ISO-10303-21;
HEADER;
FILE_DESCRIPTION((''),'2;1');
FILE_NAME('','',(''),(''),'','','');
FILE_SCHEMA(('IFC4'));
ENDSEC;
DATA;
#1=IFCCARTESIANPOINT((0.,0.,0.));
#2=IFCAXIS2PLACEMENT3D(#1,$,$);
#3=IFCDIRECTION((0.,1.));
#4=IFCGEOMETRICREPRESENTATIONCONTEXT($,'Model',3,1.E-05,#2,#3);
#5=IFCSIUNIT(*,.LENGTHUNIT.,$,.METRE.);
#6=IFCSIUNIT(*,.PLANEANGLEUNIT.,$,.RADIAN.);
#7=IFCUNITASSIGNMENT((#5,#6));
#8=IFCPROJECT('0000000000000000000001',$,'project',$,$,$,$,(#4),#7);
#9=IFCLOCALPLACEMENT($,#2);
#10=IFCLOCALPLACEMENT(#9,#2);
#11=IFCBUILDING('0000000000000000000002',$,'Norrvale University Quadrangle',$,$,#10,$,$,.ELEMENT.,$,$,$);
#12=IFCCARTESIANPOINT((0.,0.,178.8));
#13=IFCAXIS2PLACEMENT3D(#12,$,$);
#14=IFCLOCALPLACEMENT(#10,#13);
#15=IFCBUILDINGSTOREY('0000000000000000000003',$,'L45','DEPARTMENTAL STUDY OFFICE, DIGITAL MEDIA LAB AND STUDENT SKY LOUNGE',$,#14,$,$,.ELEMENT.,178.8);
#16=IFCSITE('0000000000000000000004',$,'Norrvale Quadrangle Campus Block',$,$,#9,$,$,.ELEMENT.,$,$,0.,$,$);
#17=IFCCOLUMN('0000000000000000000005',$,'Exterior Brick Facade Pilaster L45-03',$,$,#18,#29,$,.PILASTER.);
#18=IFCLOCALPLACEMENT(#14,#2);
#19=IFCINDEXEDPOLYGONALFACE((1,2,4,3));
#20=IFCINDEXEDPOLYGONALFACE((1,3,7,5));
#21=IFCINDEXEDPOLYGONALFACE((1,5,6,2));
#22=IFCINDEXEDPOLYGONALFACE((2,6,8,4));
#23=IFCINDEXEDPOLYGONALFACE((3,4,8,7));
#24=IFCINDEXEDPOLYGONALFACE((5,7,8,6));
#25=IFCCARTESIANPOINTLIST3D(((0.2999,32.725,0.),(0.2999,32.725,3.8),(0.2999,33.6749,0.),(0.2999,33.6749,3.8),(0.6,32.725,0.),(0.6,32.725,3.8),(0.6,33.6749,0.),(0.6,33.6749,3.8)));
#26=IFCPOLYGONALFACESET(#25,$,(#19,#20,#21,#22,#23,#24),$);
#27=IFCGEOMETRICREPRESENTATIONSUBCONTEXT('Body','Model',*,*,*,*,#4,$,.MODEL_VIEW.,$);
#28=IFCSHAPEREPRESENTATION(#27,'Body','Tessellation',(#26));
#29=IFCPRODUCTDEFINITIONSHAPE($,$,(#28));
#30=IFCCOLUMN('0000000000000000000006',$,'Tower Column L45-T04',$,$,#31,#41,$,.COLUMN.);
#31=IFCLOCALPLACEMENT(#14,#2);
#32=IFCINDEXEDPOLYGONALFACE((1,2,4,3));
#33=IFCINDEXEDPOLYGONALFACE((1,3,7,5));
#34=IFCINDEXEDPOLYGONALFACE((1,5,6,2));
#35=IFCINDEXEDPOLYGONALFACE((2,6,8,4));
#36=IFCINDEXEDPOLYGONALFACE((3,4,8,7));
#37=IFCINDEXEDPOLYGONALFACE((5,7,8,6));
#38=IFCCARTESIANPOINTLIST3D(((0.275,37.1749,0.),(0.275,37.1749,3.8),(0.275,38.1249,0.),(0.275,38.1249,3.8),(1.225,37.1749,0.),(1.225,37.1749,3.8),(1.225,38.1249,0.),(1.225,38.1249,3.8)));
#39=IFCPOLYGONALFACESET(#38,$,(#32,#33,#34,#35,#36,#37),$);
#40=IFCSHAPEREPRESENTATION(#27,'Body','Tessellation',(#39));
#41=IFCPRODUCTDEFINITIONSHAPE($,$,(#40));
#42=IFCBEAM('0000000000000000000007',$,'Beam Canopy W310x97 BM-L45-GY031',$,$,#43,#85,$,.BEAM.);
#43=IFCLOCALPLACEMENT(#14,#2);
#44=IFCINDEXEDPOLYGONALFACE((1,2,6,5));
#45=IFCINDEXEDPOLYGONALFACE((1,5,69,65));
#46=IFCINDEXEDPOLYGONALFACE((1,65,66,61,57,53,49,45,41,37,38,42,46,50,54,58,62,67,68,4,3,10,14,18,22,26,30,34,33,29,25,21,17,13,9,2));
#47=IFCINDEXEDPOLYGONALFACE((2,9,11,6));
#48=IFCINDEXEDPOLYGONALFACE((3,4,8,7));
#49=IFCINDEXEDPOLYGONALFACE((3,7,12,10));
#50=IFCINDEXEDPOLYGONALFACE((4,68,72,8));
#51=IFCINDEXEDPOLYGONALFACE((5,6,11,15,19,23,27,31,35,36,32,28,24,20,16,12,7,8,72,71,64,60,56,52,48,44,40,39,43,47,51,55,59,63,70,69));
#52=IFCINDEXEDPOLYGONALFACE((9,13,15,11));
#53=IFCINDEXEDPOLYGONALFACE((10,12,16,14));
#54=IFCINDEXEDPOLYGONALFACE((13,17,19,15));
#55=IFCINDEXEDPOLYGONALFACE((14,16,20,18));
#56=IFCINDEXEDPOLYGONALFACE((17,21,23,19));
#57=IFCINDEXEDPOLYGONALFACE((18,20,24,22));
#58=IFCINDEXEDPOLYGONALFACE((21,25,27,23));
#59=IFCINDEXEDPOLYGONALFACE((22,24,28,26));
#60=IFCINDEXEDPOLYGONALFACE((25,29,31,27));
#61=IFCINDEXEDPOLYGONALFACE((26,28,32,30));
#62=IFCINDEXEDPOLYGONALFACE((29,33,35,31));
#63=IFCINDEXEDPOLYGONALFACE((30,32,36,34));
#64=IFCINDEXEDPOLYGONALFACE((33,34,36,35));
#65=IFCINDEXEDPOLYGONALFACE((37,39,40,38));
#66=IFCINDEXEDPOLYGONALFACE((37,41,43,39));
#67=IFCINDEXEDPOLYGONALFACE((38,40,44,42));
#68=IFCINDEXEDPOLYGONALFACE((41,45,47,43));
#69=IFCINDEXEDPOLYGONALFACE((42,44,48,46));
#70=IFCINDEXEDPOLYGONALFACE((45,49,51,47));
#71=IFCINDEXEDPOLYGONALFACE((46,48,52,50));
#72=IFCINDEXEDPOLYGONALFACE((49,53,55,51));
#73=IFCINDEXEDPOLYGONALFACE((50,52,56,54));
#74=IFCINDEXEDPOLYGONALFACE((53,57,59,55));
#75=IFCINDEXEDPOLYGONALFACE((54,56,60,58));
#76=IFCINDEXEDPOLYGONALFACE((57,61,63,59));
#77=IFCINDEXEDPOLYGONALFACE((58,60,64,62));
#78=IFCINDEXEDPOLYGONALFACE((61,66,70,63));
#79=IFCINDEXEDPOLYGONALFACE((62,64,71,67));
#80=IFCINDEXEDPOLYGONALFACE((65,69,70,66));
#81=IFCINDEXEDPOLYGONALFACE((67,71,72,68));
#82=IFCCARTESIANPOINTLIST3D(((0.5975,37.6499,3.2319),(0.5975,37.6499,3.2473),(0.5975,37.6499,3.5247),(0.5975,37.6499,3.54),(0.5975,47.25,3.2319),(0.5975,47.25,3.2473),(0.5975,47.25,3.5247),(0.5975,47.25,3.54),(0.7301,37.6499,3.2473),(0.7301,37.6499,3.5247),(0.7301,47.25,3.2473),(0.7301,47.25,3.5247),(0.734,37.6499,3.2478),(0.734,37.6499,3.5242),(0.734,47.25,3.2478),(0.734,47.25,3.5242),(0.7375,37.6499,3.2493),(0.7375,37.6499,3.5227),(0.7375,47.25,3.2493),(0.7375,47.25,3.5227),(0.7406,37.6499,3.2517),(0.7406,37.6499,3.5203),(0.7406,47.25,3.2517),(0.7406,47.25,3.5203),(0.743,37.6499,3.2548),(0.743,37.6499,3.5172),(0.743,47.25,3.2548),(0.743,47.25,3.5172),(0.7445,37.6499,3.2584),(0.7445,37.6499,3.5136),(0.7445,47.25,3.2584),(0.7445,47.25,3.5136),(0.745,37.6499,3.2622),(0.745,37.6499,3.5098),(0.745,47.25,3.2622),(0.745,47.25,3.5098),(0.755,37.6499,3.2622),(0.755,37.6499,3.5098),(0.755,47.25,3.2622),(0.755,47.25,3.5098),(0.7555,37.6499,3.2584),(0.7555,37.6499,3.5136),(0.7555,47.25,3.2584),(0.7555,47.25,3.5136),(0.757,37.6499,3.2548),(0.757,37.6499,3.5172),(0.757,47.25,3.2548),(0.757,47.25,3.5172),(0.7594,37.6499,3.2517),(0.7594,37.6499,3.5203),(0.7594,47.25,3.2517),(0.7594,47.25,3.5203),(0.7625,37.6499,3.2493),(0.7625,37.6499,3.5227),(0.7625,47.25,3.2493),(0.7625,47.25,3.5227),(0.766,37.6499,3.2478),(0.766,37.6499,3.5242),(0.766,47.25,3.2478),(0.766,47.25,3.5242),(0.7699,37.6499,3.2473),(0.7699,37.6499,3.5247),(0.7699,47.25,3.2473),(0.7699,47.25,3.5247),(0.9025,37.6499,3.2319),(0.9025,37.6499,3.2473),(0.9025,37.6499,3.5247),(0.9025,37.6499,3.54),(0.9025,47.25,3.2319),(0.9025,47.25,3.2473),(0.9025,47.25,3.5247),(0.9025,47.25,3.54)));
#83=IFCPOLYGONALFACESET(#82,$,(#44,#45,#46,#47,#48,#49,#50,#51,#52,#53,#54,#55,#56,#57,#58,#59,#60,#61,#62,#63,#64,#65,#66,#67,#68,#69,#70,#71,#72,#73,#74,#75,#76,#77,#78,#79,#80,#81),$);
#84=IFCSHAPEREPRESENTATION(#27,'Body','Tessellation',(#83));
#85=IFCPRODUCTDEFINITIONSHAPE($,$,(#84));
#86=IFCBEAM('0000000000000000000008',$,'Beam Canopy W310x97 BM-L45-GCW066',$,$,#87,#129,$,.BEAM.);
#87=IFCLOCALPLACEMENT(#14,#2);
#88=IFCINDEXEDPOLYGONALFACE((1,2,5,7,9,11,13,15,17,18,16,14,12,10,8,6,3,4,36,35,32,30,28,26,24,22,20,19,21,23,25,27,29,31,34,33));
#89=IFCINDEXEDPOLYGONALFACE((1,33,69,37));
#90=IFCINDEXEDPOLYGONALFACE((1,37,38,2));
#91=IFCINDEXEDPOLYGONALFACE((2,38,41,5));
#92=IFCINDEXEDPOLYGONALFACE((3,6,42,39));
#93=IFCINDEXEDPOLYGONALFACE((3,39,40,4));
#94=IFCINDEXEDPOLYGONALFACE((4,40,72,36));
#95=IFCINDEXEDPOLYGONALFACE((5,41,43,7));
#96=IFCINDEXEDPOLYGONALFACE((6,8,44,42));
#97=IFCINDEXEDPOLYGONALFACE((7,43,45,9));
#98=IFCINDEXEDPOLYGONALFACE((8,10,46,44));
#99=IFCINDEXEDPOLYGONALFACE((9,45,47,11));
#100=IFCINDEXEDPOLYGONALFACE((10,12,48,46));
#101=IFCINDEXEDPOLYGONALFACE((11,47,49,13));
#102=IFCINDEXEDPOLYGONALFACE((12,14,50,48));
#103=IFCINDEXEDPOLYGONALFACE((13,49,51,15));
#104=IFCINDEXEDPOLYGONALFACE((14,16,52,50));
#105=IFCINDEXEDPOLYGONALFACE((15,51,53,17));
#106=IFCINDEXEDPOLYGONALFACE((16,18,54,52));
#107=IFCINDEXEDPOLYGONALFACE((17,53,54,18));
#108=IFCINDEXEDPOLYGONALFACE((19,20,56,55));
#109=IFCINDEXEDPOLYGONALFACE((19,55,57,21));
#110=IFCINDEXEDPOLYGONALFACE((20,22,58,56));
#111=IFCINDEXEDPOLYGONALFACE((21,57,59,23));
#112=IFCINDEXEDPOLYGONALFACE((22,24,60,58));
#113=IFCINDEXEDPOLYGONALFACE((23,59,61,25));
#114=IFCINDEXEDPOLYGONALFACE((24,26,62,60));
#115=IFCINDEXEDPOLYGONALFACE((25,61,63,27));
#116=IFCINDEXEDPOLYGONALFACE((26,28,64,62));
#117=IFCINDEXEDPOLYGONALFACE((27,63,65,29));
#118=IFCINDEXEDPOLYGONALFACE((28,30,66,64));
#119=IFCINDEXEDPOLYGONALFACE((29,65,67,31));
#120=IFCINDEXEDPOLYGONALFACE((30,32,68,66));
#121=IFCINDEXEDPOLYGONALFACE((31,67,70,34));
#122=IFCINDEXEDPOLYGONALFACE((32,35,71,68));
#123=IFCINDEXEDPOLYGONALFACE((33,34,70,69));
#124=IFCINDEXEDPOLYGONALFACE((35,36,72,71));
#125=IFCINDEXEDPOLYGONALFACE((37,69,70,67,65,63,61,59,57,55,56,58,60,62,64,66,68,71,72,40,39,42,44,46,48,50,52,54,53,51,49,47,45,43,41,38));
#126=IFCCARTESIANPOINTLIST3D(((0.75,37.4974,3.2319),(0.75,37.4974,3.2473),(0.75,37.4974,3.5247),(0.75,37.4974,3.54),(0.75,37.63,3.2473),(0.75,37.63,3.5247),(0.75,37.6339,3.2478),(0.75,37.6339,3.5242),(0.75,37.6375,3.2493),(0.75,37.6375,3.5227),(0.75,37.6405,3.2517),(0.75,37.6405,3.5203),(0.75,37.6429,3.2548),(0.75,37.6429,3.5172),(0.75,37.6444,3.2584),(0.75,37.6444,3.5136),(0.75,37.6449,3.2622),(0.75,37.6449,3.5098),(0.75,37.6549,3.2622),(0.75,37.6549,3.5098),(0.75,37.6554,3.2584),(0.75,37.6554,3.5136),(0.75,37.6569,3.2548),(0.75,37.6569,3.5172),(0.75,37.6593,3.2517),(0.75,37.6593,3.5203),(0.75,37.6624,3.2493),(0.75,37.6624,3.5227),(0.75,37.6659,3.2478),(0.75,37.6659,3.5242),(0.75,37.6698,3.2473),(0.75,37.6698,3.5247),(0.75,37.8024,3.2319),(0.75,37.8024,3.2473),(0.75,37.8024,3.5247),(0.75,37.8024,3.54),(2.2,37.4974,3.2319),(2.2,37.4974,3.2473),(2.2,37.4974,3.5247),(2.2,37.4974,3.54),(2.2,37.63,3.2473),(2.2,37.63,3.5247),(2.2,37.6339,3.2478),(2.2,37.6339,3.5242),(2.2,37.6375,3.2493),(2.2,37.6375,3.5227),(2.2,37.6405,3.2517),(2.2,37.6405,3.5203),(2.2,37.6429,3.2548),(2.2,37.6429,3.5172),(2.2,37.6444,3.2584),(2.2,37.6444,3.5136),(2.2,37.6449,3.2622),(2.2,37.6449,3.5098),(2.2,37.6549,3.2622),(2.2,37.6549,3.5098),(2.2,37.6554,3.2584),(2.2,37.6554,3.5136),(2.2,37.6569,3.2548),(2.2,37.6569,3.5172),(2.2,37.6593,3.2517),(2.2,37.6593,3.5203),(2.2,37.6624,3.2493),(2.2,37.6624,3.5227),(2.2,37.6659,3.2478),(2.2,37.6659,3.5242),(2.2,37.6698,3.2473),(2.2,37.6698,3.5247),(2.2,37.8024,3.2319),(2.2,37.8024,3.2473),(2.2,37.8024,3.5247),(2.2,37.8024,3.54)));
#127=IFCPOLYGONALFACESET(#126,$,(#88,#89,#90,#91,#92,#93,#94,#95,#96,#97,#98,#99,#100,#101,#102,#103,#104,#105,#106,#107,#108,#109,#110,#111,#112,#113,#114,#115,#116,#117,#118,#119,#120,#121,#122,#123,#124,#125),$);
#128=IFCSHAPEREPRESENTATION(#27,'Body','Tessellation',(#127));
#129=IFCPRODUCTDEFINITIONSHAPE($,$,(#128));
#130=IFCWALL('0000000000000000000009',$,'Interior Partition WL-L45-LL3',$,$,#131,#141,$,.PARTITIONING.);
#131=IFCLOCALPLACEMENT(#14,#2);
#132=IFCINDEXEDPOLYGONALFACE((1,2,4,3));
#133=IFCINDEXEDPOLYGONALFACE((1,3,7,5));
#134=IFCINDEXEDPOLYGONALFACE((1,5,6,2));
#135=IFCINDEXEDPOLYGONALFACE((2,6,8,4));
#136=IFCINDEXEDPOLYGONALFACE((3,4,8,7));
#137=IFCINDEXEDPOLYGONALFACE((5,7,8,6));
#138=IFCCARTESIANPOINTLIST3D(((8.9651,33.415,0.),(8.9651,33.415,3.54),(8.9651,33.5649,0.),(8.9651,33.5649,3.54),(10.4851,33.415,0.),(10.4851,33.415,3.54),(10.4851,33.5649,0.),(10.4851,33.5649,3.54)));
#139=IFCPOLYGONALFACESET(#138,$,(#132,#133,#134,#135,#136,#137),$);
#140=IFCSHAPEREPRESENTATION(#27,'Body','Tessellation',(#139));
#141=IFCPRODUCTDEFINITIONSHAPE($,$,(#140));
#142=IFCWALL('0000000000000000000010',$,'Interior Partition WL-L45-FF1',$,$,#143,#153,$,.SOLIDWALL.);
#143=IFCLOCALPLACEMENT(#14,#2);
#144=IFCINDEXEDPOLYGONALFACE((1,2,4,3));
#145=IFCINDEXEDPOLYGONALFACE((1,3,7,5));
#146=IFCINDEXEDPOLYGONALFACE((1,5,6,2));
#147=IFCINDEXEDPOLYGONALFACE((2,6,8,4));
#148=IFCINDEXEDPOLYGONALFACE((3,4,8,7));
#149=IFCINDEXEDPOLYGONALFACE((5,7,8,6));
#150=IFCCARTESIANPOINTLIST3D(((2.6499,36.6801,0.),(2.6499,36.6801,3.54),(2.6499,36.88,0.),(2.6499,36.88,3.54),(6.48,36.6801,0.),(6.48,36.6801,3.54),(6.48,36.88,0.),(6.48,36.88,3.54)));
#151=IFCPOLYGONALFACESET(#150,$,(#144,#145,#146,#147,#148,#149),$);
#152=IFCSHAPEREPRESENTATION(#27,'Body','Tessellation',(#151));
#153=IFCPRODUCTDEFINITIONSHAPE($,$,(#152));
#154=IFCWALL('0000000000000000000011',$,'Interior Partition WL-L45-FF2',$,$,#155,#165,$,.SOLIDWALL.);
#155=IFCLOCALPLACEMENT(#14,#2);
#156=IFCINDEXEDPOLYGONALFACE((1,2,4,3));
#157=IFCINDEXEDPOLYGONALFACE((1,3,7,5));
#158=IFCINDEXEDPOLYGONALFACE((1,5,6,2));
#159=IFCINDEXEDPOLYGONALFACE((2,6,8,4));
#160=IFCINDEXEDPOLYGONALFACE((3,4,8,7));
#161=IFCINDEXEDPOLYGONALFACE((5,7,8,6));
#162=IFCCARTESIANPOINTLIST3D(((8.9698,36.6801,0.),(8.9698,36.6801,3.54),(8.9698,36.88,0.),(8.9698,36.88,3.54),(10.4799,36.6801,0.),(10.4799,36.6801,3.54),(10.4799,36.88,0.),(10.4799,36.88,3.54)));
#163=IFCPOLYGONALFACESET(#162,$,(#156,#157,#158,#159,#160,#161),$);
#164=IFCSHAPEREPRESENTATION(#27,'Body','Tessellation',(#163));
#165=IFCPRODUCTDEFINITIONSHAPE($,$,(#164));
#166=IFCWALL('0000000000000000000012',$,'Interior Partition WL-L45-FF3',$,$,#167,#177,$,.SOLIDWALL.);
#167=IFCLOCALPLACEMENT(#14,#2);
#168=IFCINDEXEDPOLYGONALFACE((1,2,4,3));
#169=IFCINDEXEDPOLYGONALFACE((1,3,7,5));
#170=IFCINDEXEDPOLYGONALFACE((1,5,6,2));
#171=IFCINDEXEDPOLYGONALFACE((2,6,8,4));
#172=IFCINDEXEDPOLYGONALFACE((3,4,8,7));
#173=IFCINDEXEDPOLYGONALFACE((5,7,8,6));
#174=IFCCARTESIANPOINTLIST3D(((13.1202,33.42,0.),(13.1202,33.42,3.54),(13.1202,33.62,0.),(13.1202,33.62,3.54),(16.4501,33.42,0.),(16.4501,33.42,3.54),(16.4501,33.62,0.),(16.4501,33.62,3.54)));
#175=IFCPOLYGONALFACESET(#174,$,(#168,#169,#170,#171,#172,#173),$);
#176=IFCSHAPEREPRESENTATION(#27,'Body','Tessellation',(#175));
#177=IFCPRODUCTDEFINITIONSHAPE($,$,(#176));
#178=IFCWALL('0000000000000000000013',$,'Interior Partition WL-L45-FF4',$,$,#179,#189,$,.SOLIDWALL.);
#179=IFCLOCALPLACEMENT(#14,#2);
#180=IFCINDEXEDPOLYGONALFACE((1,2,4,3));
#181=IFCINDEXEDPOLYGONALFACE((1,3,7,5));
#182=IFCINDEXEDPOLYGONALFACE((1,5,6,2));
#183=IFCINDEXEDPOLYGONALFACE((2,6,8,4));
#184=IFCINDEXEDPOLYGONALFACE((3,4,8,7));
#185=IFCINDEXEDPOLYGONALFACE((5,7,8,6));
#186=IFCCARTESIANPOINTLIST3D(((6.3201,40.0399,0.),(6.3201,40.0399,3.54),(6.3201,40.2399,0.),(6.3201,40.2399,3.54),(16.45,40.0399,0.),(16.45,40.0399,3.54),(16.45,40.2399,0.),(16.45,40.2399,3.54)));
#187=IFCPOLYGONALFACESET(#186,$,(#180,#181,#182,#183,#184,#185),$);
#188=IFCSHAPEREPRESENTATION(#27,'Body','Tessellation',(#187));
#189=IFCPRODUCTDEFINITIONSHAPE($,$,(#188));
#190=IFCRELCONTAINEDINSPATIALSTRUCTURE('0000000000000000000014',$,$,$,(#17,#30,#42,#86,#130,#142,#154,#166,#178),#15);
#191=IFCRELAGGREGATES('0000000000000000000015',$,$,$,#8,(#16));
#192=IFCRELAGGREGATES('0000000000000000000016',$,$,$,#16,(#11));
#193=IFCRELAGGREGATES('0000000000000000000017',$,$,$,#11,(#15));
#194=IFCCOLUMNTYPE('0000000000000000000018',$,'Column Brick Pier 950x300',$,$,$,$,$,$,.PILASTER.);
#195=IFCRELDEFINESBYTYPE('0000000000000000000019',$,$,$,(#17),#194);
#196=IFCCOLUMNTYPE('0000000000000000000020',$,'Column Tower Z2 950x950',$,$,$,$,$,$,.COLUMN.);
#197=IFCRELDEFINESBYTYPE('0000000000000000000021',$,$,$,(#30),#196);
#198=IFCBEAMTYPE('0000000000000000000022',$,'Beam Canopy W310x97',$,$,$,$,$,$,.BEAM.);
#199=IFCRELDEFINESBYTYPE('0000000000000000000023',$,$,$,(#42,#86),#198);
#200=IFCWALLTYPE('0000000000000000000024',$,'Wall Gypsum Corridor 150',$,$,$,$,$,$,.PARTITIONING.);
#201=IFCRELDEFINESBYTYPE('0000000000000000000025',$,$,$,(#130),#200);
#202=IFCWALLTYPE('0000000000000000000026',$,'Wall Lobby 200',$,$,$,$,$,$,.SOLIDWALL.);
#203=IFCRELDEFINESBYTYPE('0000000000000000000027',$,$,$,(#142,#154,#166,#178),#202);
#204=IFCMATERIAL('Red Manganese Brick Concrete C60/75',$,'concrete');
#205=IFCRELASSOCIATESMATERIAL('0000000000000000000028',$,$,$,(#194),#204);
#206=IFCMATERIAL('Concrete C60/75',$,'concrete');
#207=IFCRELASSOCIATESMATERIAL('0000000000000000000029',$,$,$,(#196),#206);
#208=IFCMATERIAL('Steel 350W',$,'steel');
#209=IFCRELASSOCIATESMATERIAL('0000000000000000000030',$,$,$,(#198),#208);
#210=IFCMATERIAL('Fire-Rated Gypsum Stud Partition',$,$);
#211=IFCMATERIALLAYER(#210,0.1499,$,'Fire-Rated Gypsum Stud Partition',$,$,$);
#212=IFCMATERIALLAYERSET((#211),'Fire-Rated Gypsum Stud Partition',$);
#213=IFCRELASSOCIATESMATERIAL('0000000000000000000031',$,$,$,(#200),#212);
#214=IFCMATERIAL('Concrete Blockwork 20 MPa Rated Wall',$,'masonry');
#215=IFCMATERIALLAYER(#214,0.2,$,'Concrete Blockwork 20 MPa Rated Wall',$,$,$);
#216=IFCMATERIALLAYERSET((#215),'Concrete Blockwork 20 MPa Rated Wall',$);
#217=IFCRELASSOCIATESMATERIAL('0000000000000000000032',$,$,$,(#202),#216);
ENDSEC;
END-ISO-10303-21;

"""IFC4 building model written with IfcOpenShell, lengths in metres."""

from ifc_helpers import new_model, si_unit, direction, frame, frame_2d, origin, origin_2d, place, context, subcontext, project, spatial, rectangle, i_section, extrude, material, layer, layer_set, material_profile, profile_set, type_object, element, save


model = new_model("IFC4")

# Units and contexts
model_context = context("Model", 3, precision=1e-05, world=origin(), true_north=direction((0.0, 1.0)))
body_context = subcontext(model_context, "Body", "Model", "MODEL_VIEW")
ifc_project = project(units=[si_unit("LENGTHUNIT", "METRE"), si_unit("PLANEANGLEUNIT", "RADIAN")], contexts=[model_context])

# Site, building, storey
site_placement = place(None, origin())
site = spatial("IfcSite", under=ifc_project, at=site_placement, Name="Norrvale Quadrangle Campus Block", CompositionType="ELEMENT", RefElevation=0.0)
building_placement = place(site_placement, origin())
building = spatial("IfcBuilding", under=site, at=building_placement, Name="Norrvale University Quadrangle", CompositionType="ELEMENT")
storey_placement = place(building_placement, frame((0.0, 0.0, 178.8)))
storey = spatial("IfcBuildingStorey", under=building, at=storey_placement, Name="L45", Description="DEPARTMENTAL STUDY OFFICE, DIGITAL MEDIA LAB AND STUDENT SKY LOUNGE", CompositionType="ELEMENT", Elevation=178.8)

# Columns
ifc_material_1 = material(Name="Red Manganese Brick Concrete C60/75", Category="concrete")
ifc_material_profile_1 = material_profile(ifc_material_1, rectangle(XDim=0.95, YDim=0.3, at=origin_2d()), Name="Red Manganese Brick Concrete C60/75")
ifc_profile_set_1 = profile_set([ifc_material_profile_1], Name="Red Manganese Brick Concrete C60/75")
column_type_1 = type_object("IfcColumnType", Name="Column Brick Pier 950x300", PredefinedType="PILASTER", material=ifc_profile_set_1)
column_1_placement = place(storey_placement, frame((0.45, 33.2, 0.0), z_axis=(0.0, 0.0, 1.0), x_axis=(0.0, 1.0, 0.0)))
element("IfcColumn", 1, at=column_1_placement, inside=storey, type_object=column_type_1, Name="Exterior Brick Facade Pilaster L45-03", PredefinedType="PILASTER", context=body_context, shape_type="SweptSolid", body=[
    extrude(rectangle(XDim=0.95, YDim=0.3, at=origin_2d()), origin(), (0.0, 0.0, 1.0), 3.8),
])
ifc_material_2 = material(Name="Concrete C60/75", Category="concrete")
ifc_material_profile_2 = material_profile(ifc_material_2, rectangle(XDim=0.95, YDim=0.95, at=origin_2d()), Name="Concrete C60/75")
ifc_profile_set_2 = profile_set([ifc_material_profile_2], Name="Concrete C60/75")
column_type_2 = type_object("IfcColumnType", Name="Column Tower Z2 950x950", PredefinedType="COLUMN", material=ifc_profile_set_2)
column_2_placement = place(storey_placement, frame((0.75, 37.6499, 0.0), z_axis=(0.0, 0.0, 1.0), x_axis=(1.0, 0.0, 0.0)))
element("IfcColumn", 2, at=column_2_placement, inside=storey, type_object=column_type_2, Name="Tower Column L45-T04", PredefinedType="COLUMN", context=body_context, shape_type="SweptSolid", body=[
    extrude(rectangle(XDim=0.95, YDim=0.95, at=origin_2d()), origin(), (0.0, 0.0, 1.0), 3.8),
])

# Beams
ifc_material_3 = material(Name="Steel 350W", Category="steel")
ifc_material_profile_3 = material_profile(ifc_material_3, i_section(OverallWidth=0.3049, OverallDepth=0.3081, WebThickness=0.01, FlangeThickness=0.0154, FilletRadius=0.0149, at=origin_2d()), Name="Steel 350W")
ifc_profile_set_3 = profile_set([ifc_material_profile_3], Name="Steel 350W")
beam_type = type_object("IfcBeamType", Name="Beam Canopy W310x97", PredefinedType="BEAM", material=ifc_profile_set_3)
beam_1_placement = place(storey_placement, frame((0.75, 37.6499, 3.386), z_axis=(0.0, 1.0, 0.0), x_axis=(-1.0, 0.0, 0.0)))
element("IfcBeam", 3, at=beam_1_placement, inside=storey, type_object=beam_type, Name="Beam Canopy W310x97 BM-L45-GY031", PredefinedType="BEAM", context=body_context, shape_type="SweptSolid", body=[
    extrude(i_section(OverallWidth=0.3049, OverallDepth=0.3081, WebThickness=0.01, FlangeThickness=0.0154, FilletRadius=0.0149, at=origin_2d()), origin(), (0.0, 0.0, 1.0), 9.6001),
])
beam_2_placement = place(storey_placement, frame((0.75, 37.6499, 3.386), z_axis=(1.0, 0.0, 0.0), x_axis=(0.0, 1.0, 0.0)))
element("IfcBeam", 4, at=beam_2_placement, inside=storey, type_object=beam_type, Name="Beam Canopy W310x97 BM-L45-GCW066", PredefinedType="BEAM", context=body_context, shape_type="SweptSolid", body=[
    extrude(i_section(OverallWidth=0.3049, OverallDepth=0.3081, WebThickness=0.01, FlangeThickness=0.0154, FilletRadius=0.0149, at=origin_2d()), origin(), (0.0, 0.0, 1.0), 1.45),
])

# Walls
ifc_material_4 = material(Name="Fire-Rated Gypsum Stud Partition")
ifc_layer_1 = layer(ifc_material_4, 0.1499, Name="Fire-Rated Gypsum Stud Partition")
ifc_layer_set_1 = layer_set([ifc_layer_1], Name="Fire-Rated Gypsum Stud Partition")
wall_type_1 = type_object("IfcWallType", Name="Wall Gypsum Corridor 150", PredefinedType="PARTITIONING", material=ifc_layer_set_1)
wall_1_placement = place(storey_placement, frame((8.9651, 33.49, 0.0), z_axis=(0.0, 0.0, 1.0), x_axis=(1.0, 0.0, 0.0)))
element("IfcWall", 5, at=wall_1_placement, inside=storey, type_object=wall_type_1, Name="Interior Partition WL-L45-LL3", PredefinedType="PARTITIONING", context=body_context, shape_type="SweptSolid", body=[
    extrude(rectangle(XDim=1.52, YDim=0.1499, at=frame_2d((0.76, 0.0))), origin(), (0.0, 0.0, 1.0), 3.54),
])
ifc_material_5 = material(Name="Concrete Blockwork 20 MPa Rated Wall", Category="masonry")
ifc_layer_2 = layer(ifc_material_5, 0.2, Name="Concrete Blockwork 20 MPa Rated Wall")
ifc_layer_set_2 = layer_set([ifc_layer_2], Name="Concrete Blockwork 20 MPa Rated Wall")
wall_type_2 = type_object("IfcWallType", Name="Wall Lobby 200", PredefinedType="SOLIDWALL", material=ifc_layer_set_2)
wall_2_placement = place(storey_placement, frame((2.6499, 36.78, 0.0), z_axis=(0.0, 0.0, 1.0), x_axis=(1.0, 0.0, 0.0)))
element("IfcWall", 6, at=wall_2_placement, inside=storey, type_object=wall_type_2, Name="Interior Partition WL-L45-FF1", PredefinedType="SOLIDWALL", context=body_context, shape_type="SweptSolid", body=[
    extrude(rectangle(XDim=3.8301, YDim=0.2, at=frame_2d((1.915, 0.0))), origin(), (0.0, 0.0, 1.0), 3.54),
])
wall_3_placement = place(storey_placement, frame((8.97, 36.78, 0.0), z_axis=(0.0, 0.0, 1.0), x_axis=(1.0, 0.0, 0.0)))
element("IfcWall", 7, at=wall_3_placement, inside=storey, type_object=wall_type_2, Name="Interior Partition WL-L45-FF2", PredefinedType="SOLIDWALL", context=body_context, shape_type="SweptSolid", body=[
    extrude(rectangle(XDim=1.51, YDim=0.2, at=frame_2d((0.7549, 0.0))), origin(), (0.0, 0.0, 1.0), 3.54),
])
wall_4_placement = place(storey_placement, frame((13.1201, 33.52, 0.0), z_axis=(0.0, 0.0, 1.0), x_axis=(1.0, 0.0, 0.0)))
element("IfcWall", 8, at=wall_4_placement, inside=storey, type_object=wall_type_2, Name="Interior Partition WL-L45-FF3", PredefinedType="SOLIDWALL", context=body_context, shape_type="SweptSolid", body=[
    extrude(rectangle(XDim=3.3298, YDim=0.2, at=frame_2d((1.665, 0.0))), origin(), (0.0, 0.0, 1.0), 3.54),
])
wall_5_placement = place(storey_placement, frame((6.3201, 40.1399, 0.0), z_axis=(0.0, 0.0, 1.0), x_axis=(1.0, 0.0, 0.0)))
element("IfcWall", 9, at=wall_5_placement, inside=storey, type_object=wall_type_2, Name="Interior Partition WL-L45-FF4", PredefinedType="SOLIDWALL", context=body_context, shape_type="SweptSolid", body=[
    extrude(rectangle(XDim=10.1299, YDim=0.2, at=frame_2d((5.0649, 0.0))), origin(), (0.0, 0.0, 1.0), 3.54),
])

save(model, "model.ifc")
